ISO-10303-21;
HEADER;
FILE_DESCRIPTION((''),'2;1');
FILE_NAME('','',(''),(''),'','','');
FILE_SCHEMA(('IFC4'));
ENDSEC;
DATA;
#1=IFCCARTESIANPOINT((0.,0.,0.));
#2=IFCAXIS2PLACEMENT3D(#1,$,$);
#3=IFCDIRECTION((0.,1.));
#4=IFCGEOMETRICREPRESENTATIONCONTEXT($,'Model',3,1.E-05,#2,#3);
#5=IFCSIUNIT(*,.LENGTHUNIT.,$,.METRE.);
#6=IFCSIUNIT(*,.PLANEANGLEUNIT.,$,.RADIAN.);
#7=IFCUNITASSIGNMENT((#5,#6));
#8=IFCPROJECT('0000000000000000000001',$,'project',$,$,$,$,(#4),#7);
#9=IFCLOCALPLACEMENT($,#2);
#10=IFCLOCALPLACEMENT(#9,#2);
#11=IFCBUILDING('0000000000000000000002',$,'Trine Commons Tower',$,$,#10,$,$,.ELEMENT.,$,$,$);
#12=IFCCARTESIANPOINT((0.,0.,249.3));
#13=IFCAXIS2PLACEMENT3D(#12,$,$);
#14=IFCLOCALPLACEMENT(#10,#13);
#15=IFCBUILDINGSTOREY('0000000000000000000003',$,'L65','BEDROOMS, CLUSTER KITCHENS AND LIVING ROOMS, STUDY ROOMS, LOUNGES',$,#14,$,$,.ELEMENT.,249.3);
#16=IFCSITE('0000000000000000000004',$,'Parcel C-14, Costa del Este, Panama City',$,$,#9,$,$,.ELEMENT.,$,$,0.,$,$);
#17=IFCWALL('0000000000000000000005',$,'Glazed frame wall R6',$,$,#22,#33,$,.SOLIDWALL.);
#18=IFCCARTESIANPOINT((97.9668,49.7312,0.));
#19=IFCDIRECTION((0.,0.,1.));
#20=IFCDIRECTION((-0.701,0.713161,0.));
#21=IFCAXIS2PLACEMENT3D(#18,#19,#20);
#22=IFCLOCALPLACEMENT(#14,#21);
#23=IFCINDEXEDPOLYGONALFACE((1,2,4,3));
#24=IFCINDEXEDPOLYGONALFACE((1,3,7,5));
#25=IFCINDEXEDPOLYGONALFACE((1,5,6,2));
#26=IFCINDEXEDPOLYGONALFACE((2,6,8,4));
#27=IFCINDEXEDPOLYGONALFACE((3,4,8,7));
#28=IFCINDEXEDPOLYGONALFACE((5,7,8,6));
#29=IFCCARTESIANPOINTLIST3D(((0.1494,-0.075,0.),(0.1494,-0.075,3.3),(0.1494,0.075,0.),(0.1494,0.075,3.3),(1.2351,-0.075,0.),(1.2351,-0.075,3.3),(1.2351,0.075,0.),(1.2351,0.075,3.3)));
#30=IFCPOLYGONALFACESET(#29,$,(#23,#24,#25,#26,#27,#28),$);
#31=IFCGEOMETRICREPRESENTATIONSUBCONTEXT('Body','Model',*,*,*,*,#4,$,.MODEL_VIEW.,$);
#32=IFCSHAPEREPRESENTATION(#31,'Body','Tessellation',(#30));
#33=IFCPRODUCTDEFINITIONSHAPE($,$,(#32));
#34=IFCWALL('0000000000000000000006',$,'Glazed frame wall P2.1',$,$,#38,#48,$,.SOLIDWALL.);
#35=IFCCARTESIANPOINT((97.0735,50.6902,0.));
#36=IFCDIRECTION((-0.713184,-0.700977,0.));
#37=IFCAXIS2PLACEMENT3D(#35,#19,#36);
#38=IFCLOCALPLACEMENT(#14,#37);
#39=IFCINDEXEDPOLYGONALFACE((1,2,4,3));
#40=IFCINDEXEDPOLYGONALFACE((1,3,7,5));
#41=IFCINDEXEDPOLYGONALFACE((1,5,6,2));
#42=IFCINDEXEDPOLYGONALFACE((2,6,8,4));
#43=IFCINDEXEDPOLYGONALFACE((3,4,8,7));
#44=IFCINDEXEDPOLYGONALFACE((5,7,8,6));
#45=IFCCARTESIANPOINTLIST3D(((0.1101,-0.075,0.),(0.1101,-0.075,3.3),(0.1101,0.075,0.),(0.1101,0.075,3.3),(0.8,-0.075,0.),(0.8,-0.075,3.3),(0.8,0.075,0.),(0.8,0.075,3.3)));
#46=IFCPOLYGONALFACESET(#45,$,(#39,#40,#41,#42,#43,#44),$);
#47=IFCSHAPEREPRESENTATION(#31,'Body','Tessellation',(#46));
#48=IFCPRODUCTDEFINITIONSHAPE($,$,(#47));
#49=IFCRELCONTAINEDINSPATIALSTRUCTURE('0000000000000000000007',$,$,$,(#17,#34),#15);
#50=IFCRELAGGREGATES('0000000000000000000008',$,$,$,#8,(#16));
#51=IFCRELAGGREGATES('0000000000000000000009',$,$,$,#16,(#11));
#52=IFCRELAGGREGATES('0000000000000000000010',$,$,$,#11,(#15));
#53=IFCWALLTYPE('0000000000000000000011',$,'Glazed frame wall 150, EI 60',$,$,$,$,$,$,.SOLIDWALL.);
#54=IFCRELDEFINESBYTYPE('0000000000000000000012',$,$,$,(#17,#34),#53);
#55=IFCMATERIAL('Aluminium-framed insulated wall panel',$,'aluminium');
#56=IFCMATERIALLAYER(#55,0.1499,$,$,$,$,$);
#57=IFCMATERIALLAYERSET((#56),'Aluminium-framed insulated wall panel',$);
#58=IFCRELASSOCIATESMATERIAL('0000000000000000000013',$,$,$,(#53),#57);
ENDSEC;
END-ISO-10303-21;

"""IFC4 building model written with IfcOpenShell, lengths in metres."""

from ifc_helpers import new_model, si_unit, direction, frame, origin, place, context, subcontext, project, spatial, polyline, outline, extrude, material, layer, layer_set, type_object, element, save


model = new_model("IFC4")

# Units and contexts
model_context = context("Model", 3, precision=1e-05, world=origin(), true_north=direction((0.0, 1.0)))
body_context = subcontext(model_context, "Body", "Model", "MODEL_VIEW")
ifc_project = project(units=[si_unit("LENGTHUNIT", "METRE"), si_unit("PLANEANGLEUNIT", "RADIAN")], contexts=[model_context])

# Site, building, storey
site_placement = place(None, origin())
site = spatial("IfcSite", under=ifc_project, at=site_placement, Name="Parcel C-14, Costa del Este, Panama City", CompositionType="ELEMENT", RefElevation=0.0)
building_placement = place(site_placement, origin())
building = spatial("IfcBuilding", under=site, at=building_placement, Name="Trine Commons Tower", CompositionType="ELEMENT")
storey_placement = place(building_placement, frame((0.0, 0.0, 249.3)))
storey = spatial("IfcBuildingStorey", under=building, at=storey_placement, Name="L65", Description="BEDROOMS, CLUSTER KITCHENS AND LIVING ROOMS, STUDY ROOMS, LOUNGES", CompositionType="ELEMENT", Elevation=249.3)

# Walls
ifc_material_1 = material(Name="Aluminium-framed insulated wall panel", Category="aluminium")
ifc_layer_1 = layer(ifc_material_1, 0.1499)
ifc_layer_set_1 = layer_set([ifc_layer_1], Name="Aluminium-framed insulated wall panel")
wall_type_1 = type_object("IfcWallType", Name="Glazed frame wall 150, EI 60", PredefinedType="SOLIDWALL", material=ifc_layer_set_1)
wall_1_placement = place(storey_placement, frame((97.9668, 49.7312, 0.0), z_axis=(0.0, 0.0, 1.0), x_axis=(-0.701, 0.713161, 0.0)))
element("IfcWall", 1, at=wall_1_placement, inside=storey, type_object=wall_type_1, Name="Glazed frame wall R6", PredefinedType="SOLIDWALL", context=body_context, shape_type="SweptSolid", body=[
    extrude(outline(polyline([(0.1494, 0.075), (0.1494, -0.075), (1.2351, -0.075), (1.2351, 0.075), (0.1494, 0.075)])), origin(), (0.0, 0.0, 1.0), 3.3),
])
wall_2_placement = place(storey_placement, frame((97.0735, 50.6902, 0.0), z_axis=(0.0, 0.0, 1.0), x_axis=(-0.713184, -0.700977, 0.0)))
element("IfcWall", 2, at=wall_2_placement, inside=storey, type_object=wall_type_1, Name="Glazed frame wall P2.1", PredefinedType="SOLIDWALL", context=body_context, shape_type="SweptSolid", body=[
    extrude(outline(polyline([(0.1101, -0.075), (0.8, -0.075), (0.8, 0.075), (0.1101, 0.075), (0.1101, -0.075)])), origin(), (0.0, 0.0, 1.0), 3.3),
])

save(model, "model.ifc")
